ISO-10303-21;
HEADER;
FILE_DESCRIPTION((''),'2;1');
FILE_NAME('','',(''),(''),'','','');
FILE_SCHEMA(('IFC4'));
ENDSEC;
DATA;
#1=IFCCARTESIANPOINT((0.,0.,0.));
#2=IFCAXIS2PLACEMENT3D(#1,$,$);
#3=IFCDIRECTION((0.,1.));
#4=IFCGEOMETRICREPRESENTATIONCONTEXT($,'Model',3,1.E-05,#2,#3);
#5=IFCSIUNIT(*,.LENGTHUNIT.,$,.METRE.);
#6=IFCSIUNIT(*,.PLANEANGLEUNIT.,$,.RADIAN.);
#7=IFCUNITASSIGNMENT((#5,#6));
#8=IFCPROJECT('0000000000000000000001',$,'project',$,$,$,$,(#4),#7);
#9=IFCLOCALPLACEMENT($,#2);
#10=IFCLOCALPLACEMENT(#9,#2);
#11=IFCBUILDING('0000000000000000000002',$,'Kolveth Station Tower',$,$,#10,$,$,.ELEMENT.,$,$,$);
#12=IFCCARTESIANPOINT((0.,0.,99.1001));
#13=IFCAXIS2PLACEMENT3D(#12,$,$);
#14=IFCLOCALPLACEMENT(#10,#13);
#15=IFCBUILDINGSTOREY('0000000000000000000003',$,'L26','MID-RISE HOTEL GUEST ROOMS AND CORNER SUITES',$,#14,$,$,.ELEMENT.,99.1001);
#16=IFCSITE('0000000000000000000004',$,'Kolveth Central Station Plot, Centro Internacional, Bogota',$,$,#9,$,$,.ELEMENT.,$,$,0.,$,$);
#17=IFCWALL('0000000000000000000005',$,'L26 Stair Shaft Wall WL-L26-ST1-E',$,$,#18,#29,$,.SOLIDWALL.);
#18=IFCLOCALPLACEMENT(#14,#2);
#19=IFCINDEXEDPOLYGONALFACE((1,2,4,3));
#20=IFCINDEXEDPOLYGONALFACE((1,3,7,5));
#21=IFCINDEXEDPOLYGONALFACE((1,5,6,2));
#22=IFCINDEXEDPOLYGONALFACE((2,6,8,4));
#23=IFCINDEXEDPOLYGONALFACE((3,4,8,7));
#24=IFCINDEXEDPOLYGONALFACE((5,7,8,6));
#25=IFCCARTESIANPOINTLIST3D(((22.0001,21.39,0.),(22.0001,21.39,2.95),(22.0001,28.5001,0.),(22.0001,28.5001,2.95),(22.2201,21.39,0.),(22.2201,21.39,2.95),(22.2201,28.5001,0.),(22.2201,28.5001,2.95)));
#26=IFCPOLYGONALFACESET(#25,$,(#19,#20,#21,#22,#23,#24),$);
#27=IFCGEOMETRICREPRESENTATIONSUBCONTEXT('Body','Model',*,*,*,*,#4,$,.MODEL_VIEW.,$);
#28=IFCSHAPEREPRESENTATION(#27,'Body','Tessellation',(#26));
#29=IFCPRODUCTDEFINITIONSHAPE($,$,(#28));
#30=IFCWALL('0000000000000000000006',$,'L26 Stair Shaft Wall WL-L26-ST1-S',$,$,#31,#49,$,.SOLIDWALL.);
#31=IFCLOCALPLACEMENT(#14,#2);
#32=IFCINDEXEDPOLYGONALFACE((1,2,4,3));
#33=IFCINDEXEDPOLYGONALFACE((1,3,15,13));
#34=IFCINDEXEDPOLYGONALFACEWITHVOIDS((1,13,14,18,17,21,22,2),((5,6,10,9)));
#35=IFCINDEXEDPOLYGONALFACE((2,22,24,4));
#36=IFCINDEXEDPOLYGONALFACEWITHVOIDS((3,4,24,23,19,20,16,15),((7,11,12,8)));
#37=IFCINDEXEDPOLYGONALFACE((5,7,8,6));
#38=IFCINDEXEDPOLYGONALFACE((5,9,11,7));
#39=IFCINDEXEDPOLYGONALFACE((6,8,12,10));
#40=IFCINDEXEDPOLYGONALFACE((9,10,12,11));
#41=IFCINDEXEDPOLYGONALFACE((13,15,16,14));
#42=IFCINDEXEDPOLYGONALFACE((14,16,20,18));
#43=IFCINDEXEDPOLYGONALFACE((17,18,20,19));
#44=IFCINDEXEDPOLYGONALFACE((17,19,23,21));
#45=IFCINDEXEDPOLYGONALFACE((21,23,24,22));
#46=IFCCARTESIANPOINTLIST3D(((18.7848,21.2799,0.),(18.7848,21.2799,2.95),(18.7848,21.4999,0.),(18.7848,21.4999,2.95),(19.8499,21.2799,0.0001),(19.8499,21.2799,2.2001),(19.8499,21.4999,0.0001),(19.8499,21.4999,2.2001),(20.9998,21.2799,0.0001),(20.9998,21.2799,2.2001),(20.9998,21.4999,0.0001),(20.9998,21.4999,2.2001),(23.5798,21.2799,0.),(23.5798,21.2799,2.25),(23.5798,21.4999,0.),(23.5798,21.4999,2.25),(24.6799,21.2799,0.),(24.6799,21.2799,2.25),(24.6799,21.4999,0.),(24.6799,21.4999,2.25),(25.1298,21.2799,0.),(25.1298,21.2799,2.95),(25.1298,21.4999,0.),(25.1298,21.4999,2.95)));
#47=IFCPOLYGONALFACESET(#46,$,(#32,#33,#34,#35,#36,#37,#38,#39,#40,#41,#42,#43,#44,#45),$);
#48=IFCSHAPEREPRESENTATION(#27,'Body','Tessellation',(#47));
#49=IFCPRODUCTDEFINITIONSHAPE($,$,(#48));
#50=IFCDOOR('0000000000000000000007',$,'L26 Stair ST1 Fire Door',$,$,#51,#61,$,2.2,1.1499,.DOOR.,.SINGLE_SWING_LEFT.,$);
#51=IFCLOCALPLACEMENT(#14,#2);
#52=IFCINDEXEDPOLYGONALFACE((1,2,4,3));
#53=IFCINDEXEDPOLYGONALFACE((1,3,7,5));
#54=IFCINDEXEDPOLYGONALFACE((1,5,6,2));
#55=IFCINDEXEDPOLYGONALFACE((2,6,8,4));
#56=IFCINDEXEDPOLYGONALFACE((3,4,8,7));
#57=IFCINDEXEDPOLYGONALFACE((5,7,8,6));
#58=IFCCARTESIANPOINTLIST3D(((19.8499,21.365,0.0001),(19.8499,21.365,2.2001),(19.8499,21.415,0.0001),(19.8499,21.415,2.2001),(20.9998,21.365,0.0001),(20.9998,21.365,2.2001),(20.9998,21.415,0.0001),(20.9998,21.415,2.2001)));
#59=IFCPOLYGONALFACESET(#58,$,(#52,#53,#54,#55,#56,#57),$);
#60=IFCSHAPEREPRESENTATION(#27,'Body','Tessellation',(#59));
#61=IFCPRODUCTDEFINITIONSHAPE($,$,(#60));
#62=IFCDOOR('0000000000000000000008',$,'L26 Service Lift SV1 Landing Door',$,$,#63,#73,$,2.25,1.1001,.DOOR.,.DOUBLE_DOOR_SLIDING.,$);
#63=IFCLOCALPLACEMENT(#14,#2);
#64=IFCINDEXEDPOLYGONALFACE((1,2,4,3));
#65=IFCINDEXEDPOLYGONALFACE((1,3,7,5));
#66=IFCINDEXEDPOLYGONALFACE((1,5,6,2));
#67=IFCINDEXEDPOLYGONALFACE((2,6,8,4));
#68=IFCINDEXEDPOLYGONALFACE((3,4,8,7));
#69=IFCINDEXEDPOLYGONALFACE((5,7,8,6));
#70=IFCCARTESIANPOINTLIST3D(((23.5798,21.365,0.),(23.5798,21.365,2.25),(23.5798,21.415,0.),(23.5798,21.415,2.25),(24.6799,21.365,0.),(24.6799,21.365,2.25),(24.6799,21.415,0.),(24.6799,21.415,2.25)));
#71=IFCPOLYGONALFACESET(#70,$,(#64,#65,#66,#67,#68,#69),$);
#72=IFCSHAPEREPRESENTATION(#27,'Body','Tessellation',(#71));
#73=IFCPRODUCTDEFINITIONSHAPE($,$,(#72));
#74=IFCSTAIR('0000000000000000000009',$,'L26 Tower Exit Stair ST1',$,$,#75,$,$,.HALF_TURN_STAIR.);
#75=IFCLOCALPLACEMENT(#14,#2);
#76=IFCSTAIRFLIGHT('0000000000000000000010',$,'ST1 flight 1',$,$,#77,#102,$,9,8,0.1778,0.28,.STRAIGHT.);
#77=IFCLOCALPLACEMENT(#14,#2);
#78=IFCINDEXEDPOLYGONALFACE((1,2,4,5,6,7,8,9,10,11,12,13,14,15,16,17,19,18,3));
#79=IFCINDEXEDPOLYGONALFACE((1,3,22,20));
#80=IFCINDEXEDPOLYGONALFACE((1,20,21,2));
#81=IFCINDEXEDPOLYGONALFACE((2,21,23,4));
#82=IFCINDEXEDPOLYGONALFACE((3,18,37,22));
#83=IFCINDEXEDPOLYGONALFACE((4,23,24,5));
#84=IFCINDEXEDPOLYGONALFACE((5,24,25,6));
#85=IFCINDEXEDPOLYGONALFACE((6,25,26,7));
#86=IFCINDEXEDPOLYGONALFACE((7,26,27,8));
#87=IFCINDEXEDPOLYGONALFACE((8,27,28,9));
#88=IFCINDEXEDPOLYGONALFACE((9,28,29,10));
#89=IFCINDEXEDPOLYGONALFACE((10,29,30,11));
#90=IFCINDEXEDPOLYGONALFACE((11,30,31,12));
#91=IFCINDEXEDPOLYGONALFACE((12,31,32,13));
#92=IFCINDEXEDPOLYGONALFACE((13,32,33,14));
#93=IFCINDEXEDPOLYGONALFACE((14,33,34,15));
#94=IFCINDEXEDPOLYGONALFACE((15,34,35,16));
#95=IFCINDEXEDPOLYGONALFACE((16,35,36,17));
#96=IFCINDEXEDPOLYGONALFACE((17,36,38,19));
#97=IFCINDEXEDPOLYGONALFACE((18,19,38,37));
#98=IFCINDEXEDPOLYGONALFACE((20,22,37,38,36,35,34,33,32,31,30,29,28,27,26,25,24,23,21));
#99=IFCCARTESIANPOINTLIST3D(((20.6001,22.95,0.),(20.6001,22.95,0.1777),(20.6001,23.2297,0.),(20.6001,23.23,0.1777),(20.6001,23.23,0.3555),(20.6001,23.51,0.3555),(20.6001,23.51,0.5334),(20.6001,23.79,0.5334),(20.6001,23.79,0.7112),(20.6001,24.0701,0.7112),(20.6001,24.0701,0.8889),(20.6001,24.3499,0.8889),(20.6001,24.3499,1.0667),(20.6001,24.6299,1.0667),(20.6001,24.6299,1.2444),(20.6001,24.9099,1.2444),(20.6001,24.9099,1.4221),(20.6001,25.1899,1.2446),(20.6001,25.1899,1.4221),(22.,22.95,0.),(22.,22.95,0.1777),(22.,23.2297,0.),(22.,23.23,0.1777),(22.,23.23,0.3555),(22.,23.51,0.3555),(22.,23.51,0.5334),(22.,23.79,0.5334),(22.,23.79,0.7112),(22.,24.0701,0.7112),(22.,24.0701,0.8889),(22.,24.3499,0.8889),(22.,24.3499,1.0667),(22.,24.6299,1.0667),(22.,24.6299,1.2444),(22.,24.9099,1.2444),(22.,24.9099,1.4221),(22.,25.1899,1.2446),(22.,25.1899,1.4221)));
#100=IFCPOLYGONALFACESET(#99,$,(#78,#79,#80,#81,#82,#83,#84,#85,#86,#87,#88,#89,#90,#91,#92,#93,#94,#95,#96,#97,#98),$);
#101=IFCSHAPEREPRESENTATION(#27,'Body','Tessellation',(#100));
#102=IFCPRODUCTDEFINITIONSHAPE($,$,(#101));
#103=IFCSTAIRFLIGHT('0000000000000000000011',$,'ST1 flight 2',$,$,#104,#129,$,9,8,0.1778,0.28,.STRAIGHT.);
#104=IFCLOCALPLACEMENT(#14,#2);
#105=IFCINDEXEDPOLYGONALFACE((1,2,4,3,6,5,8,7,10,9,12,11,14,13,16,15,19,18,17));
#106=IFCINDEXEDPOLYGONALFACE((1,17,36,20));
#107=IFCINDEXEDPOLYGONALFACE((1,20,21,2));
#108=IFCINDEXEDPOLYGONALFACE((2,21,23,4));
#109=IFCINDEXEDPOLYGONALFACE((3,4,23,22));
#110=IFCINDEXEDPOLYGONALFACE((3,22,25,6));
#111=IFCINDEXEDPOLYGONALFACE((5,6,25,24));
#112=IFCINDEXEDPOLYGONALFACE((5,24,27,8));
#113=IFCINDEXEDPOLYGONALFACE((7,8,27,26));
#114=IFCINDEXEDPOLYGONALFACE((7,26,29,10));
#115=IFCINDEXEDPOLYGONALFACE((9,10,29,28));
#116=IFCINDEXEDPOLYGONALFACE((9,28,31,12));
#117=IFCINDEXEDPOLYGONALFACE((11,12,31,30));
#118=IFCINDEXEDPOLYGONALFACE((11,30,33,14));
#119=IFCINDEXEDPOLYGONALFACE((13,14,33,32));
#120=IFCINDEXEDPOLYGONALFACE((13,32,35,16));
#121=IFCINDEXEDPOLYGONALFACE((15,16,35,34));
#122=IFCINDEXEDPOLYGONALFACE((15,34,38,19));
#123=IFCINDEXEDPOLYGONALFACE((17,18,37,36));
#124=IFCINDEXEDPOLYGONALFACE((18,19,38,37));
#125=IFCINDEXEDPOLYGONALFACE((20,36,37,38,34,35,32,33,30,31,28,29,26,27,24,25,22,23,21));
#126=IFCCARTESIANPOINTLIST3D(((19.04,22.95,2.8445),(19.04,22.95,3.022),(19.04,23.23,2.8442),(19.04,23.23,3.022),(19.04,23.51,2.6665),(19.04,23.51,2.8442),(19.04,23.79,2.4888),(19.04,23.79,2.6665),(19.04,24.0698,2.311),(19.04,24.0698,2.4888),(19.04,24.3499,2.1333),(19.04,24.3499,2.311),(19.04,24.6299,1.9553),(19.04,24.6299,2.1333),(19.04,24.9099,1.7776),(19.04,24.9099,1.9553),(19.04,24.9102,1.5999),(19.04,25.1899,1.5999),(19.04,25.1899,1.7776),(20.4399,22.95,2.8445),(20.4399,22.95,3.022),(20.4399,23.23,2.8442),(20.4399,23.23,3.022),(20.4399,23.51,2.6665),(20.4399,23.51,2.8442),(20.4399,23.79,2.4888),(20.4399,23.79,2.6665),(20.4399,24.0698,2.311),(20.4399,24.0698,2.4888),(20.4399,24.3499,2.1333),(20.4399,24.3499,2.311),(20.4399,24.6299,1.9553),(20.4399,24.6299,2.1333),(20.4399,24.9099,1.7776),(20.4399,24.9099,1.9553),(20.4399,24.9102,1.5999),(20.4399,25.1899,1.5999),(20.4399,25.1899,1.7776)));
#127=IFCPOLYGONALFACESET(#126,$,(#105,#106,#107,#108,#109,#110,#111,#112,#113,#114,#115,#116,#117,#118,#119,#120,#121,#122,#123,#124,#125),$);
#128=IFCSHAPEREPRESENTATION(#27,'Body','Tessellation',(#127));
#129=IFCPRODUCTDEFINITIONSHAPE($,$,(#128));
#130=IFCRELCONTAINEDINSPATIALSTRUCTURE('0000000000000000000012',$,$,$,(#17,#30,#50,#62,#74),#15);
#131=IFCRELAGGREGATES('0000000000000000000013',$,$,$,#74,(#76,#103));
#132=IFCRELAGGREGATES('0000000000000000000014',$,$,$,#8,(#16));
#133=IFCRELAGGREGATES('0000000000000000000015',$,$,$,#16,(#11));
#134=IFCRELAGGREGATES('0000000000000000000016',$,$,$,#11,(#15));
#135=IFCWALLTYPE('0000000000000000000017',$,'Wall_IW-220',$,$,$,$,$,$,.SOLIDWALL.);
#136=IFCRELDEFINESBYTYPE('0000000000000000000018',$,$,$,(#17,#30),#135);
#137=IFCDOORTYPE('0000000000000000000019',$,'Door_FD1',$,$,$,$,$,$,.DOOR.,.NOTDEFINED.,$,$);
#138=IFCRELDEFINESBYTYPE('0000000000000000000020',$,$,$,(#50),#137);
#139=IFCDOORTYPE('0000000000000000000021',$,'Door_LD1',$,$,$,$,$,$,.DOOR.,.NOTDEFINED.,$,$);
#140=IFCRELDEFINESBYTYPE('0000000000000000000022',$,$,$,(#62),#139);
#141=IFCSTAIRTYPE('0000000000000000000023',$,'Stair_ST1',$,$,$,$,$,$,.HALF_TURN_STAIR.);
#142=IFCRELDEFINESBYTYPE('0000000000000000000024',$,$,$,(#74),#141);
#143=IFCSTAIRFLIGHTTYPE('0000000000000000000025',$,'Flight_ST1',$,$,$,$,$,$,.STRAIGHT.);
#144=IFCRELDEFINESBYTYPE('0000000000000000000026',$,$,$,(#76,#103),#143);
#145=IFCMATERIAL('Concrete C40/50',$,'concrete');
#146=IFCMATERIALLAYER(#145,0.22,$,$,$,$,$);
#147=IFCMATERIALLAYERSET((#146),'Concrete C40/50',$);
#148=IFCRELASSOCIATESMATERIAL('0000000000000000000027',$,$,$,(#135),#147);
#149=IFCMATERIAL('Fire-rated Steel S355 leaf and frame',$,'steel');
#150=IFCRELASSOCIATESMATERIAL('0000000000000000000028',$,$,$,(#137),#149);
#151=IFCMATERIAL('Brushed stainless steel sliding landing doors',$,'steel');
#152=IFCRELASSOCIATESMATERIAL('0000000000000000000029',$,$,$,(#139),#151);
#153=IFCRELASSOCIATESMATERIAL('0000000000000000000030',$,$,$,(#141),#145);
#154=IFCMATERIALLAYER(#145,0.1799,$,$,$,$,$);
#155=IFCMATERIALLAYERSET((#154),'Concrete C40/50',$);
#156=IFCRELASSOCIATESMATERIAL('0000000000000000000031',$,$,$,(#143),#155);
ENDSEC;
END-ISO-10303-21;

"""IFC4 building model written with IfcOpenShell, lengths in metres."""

from ifc_helpers import new_model, si_unit, direction, frame, frame_2d, origin, place, context, subcontext, project, spatial, polyline, rectangle, outline, extrude, material, layer, layer_set, type_object, element, fill, aggregate, save


model = new_model("IFC4")

# Units and contexts
model_context = context("Model", 3, precision=1e-05, world=origin(), true_north=direction((0.0, 1.0)))
body_context = subcontext(model_context, "Body", "Model", "MODEL_VIEW")
ifc_project = project(units=[si_unit("LENGTHUNIT", "METRE"), si_unit("PLANEANGLEUNIT", "RADIAN")], contexts=[model_context])

# Site, building, storey
site_placement = place(None, origin())
site = spatial("IfcSite", under=ifc_project, at=site_placement, Name="Kolveth Central Station Plot, Centro Internacional, Bogota", CompositionType="ELEMENT", RefElevation=0.0)
building_placement = place(site_placement, origin())
building = spatial("IfcBuilding", under=site, at=building_placement, Name="Kolveth Station Tower", CompositionType="ELEMENT")
storey_placement = place(building_placement, frame((0.0, 0.0, 99.1001)))
storey = spatial("IfcBuildingStorey", under=building, at=storey_placement, Name="L26", Description="MID-RISE HOTEL GUEST ROOMS AND CORNER SUITES", CompositionType="ELEMENT", Elevation=99.1001)

# Wall
ifc_material_1 = material(Name="Concrete C40/50", Category="concrete")
ifc_layer_1 = layer(ifc_material_1, 0.22)
ifc_layer_set_1 = layer_set([ifc_layer_1], Name="Concrete C40/50")
wall_type_1 = type_object("IfcWallType", Name="Wall_IW-220", PredefinedType="SOLIDWALL", material=ifc_layer_set_1)
for number, where, z_axis, x_axis, name in (
    (1, (22.1101, 21.3899, 0.0), (0.0, 0.0, 1.0), (0.0, 1.0, 0.0), "L26 Stair Shaft Wall WL-L26-ST1-E"),
):
    element("IfcWall", number, at=place(storey_placement, frame(where, z_axis=z_axis, x_axis=x_axis)), inside=storey, type_object=wall_type_1, Name=name, PredefinedType="SOLIDWALL", context=body_context, shape_type="SweptSolid", body=[
        extrude(rectangle(XDim=7.1101, YDim=0.22, at=frame_2d((3.5552, 0.0))), origin(), (0.0, 0.0, 1.0), 2.95),
    ])

# Wall, openings, doors
wall_1_placement = place(storey_placement, frame((18.7849, 21.3899, 0.0), z_axis=(0.0, 0.0, 1.0), x_axis=(1.0, 0.0, 0.0)))
wall_1 = element("IfcWall", 2, at=wall_1_placement, inside=storey, type_object=wall_type_1, Name="L26 Stair Shaft Wall WL-L26-ST1-S", PredefinedType="SOLIDWALL", context=body_context, shape_type="SweptSolid", body=[
    extrude(rectangle(XDim=6.345, YDim=0.22, at=frame_2d((3.1724, 0.0))), origin(), (0.0, 0.0, 1.0), 2.95),
])
opening_1_placement = place(wall_1_placement, frame((1.0649, 0.0, 0.0)))
opening_1 = element("IfcOpeningElement", 3, at=opening_1_placement, cuts=wall_1, PredefinedType="OPENING", context=body_context, shape_type="SweptSolid", body=[
    extrude(rectangle(XDim=1.1499, YDim=2.2, at=frame_2d((0.575, 1.1001))), frame((0.0, 0.1199, 0.0), z_axis=(0.0, -1.0, 0.0), x_axis=(1.0, 0.0, 0.0)), (0.0, 0.0, 1.0), 0.24),
])
opening_2_placement = place(wall_1_placement, frame((4.7949, 0.0, 0.0)))
opening_2 = element("IfcOpeningElement", 4, at=opening_2_placement, cuts=wall_1, PredefinedType="OPENING", context=body_context, shape_type="SweptSolid", body=[
    extrude(rectangle(XDim=1.1001, YDim=2.25, at=frame_2d((0.55, 1.125))), frame((0.0, 0.1199, 0.0), z_axis=(0.0, -1.0, 0.0), x_axis=(1.0, 0.0, 0.0)), (0.0, 0.0, 1.0), 0.24),
])
ifc_material_2 = material(Name="Fire-rated Steel S355 leaf and frame", Category="steel")
door_type_1 = type_object("IfcDoorType", Name="Door_FD1", OperationType="NOTDEFINED", PredefinedType="DOOR", material=ifc_material_2)
door_1_placement = place(opening_1_placement, frame((1.1499, 0.0, 0.0), z_axis=(0.0, 0.0, 1.0), x_axis=(-1.0, 0.0, 0.0)))
door_1 = element("IfcDoor", 5, at=door_1_placement, inside=storey, type_object=door_type_1, Name="L26 Stair ST1 Fire Door", OperationType="SINGLE_SWING_LEFT", OverallHeight=2.2, OverallWidth=1.1499, PredefinedType="DOOR", context=body_context, shape_type="SweptSolid", body=[
    extrude(rectangle(XDim=1.1499, YDim=2.2, at=frame_2d((0.575, 1.1001))), frame((0.0, 0.0249, 0.0), z_axis=(0.0, -1.0, 0.0), x_axis=(1.0, 0.0, 0.0)), (0.0, 0.0, 1.0), 0.05),
])
fill(opening_1, door_1)
ifc_material_3 = material(Name="Brushed stainless steel sliding landing doors", Category="steel")
door_type_2 = type_object("IfcDoorType", Name="Door_LD1", OperationType="NOTDEFINED", PredefinedType="DOOR", material=ifc_material_3)
door_2_placement = place(opening_2_placement, frame((1.1001, 0.0, 0.0), z_axis=(0.0, 0.0, 1.0), x_axis=(-1.0, 0.0, 0.0)))
door_2 = element("IfcDoor", 6, at=door_2_placement, inside=storey, type_object=door_type_2, Name="L26 Service Lift SV1 Landing Door", OperationType="DOUBLE_DOOR_SLIDING", OverallHeight=2.25, OverallWidth=1.1001, PredefinedType="DOOR", context=body_context, shape_type="SweptSolid", body=[
    extrude(rectangle(XDim=1.1001, YDim=2.25, at=frame_2d((0.55, 1.125))), frame((0.0, 0.0249, 0.0), z_axis=(0.0, -1.0, 0.0), x_axis=(1.0, 0.0, 0.0)), (0.0, 0.0, 1.0), 0.05),
])
fill(opening_2, door_2)

# Stair, stair flights
stair_type = type_object("IfcStairType", Name="Stair_ST1", PredefinedType="HALF_TURN_STAIR", material=ifc_material_1)
stair_placement = place(storey_placement, origin())
stair = element("IfcStair", 7, at=stair_placement, inside=storey, type_object=stair_type, Name="L26 Tower Exit Stair ST1", PredefinedType="HALF_TURN_STAIR")
ifc_layer_2 = layer(ifc_material_1, 0.1799)
ifc_layer_set_2 = layer_set([ifc_layer_2], Name="Concrete C40/50")
stair_flight_type = type_object("IfcStairFlightType", Name="Flight_ST1", PredefinedType="STRAIGHT", material=ifc_layer_set_2)
stair_flight_1_placement = place(storey_placement, frame((21.3, 22.95, 0.0), z_axis=(0.0, 0.0, 1.0), x_axis=(0.0, 1.0, 0.0)))
stair_flight_1 = element("IfcStairFlight", 8, at=stair_flight_1_placement, type_object=stair_flight_type, Name="ST1 flight 1", NumberOfRisers=9, NumberOfTreads=8, PredefinedType="STRAIGHT", RiserHeight=0.1778, TreadLength=0.28, context=body_context, shape_type="SweptSolid", body=[
    extrude(outline(polyline([(0.0, 0.0), (0.0, 0.1777), (0.28, 0.1777), (0.28, 0.3555), (0.5601, 0.3555), (0.5601, 0.5334), (0.8401, 0.5334), (0.8401, 0.7112), (1.1201, 0.7112), (1.1201, 0.8889), (1.3999, 0.8889), (1.3999, 1.0667), (1.6799, 1.0667), (1.6799, 1.2444), (1.96, 1.2444), (1.96, 1.4221), (2.24, 1.4221), (2.24, 1.6001), (2.24, 1.2446), (0.2798, 0.0), (0.0, 0.0)])), frame((0.0, 0.7, 0.0), z_axis=(0.0, -1.0, 0.0), x_axis=(1.0, 0.0, 0.0)), (0.0, 0.0, 1.0), 1.3999),
])
stair_flight_2_placement = place(storey_placement, frame((19.74, 25.1899, 1.5999), z_axis=(0.0, 0.0, 1.0), x_axis=(0.0, -1.0, 0.0)))
stair_flight_2 = element("IfcStairFlight", 9, at=stair_flight_2_placement, type_object=stair_flight_type, Name="ST1 flight 2", NumberOfRisers=9, NumberOfTreads=8, PredefinedType="STRAIGHT", RiserHeight=0.1778, TreadLength=0.28, context=body_context, shape_type="SweptSolid", body=[
    extrude(outline(polyline([(0.0, 0.0), (0.0, 0.1777), (0.28, 0.1777), (0.28, 0.3555), (0.5601, 0.3555), (0.5601, 0.5334), (0.8401, 0.5334), (0.8401, 0.7112), (1.1201, 0.7112), (1.1201, 0.8889), (1.3999, 0.8889), (1.3999, 1.0667), (1.6799, 1.0667), (1.6799, 1.2444), (1.96, 1.2444), (1.96, 1.4221), (2.24, 1.4221), (2.24, 1.6001), (2.24, 1.2446), (0.2798, 0.0), (0.0, 0.0)])), frame((0.0, 0.7, 0.0), z_axis=(0.0, -1.0, 0.0), x_axis=(1.0, 0.0, 0.0)), (0.0, 0.0, 1.0), 1.3999),
])
aggregate(stair, [stair_flight_1, stair_flight_2])

save(model, "model.ifc")
